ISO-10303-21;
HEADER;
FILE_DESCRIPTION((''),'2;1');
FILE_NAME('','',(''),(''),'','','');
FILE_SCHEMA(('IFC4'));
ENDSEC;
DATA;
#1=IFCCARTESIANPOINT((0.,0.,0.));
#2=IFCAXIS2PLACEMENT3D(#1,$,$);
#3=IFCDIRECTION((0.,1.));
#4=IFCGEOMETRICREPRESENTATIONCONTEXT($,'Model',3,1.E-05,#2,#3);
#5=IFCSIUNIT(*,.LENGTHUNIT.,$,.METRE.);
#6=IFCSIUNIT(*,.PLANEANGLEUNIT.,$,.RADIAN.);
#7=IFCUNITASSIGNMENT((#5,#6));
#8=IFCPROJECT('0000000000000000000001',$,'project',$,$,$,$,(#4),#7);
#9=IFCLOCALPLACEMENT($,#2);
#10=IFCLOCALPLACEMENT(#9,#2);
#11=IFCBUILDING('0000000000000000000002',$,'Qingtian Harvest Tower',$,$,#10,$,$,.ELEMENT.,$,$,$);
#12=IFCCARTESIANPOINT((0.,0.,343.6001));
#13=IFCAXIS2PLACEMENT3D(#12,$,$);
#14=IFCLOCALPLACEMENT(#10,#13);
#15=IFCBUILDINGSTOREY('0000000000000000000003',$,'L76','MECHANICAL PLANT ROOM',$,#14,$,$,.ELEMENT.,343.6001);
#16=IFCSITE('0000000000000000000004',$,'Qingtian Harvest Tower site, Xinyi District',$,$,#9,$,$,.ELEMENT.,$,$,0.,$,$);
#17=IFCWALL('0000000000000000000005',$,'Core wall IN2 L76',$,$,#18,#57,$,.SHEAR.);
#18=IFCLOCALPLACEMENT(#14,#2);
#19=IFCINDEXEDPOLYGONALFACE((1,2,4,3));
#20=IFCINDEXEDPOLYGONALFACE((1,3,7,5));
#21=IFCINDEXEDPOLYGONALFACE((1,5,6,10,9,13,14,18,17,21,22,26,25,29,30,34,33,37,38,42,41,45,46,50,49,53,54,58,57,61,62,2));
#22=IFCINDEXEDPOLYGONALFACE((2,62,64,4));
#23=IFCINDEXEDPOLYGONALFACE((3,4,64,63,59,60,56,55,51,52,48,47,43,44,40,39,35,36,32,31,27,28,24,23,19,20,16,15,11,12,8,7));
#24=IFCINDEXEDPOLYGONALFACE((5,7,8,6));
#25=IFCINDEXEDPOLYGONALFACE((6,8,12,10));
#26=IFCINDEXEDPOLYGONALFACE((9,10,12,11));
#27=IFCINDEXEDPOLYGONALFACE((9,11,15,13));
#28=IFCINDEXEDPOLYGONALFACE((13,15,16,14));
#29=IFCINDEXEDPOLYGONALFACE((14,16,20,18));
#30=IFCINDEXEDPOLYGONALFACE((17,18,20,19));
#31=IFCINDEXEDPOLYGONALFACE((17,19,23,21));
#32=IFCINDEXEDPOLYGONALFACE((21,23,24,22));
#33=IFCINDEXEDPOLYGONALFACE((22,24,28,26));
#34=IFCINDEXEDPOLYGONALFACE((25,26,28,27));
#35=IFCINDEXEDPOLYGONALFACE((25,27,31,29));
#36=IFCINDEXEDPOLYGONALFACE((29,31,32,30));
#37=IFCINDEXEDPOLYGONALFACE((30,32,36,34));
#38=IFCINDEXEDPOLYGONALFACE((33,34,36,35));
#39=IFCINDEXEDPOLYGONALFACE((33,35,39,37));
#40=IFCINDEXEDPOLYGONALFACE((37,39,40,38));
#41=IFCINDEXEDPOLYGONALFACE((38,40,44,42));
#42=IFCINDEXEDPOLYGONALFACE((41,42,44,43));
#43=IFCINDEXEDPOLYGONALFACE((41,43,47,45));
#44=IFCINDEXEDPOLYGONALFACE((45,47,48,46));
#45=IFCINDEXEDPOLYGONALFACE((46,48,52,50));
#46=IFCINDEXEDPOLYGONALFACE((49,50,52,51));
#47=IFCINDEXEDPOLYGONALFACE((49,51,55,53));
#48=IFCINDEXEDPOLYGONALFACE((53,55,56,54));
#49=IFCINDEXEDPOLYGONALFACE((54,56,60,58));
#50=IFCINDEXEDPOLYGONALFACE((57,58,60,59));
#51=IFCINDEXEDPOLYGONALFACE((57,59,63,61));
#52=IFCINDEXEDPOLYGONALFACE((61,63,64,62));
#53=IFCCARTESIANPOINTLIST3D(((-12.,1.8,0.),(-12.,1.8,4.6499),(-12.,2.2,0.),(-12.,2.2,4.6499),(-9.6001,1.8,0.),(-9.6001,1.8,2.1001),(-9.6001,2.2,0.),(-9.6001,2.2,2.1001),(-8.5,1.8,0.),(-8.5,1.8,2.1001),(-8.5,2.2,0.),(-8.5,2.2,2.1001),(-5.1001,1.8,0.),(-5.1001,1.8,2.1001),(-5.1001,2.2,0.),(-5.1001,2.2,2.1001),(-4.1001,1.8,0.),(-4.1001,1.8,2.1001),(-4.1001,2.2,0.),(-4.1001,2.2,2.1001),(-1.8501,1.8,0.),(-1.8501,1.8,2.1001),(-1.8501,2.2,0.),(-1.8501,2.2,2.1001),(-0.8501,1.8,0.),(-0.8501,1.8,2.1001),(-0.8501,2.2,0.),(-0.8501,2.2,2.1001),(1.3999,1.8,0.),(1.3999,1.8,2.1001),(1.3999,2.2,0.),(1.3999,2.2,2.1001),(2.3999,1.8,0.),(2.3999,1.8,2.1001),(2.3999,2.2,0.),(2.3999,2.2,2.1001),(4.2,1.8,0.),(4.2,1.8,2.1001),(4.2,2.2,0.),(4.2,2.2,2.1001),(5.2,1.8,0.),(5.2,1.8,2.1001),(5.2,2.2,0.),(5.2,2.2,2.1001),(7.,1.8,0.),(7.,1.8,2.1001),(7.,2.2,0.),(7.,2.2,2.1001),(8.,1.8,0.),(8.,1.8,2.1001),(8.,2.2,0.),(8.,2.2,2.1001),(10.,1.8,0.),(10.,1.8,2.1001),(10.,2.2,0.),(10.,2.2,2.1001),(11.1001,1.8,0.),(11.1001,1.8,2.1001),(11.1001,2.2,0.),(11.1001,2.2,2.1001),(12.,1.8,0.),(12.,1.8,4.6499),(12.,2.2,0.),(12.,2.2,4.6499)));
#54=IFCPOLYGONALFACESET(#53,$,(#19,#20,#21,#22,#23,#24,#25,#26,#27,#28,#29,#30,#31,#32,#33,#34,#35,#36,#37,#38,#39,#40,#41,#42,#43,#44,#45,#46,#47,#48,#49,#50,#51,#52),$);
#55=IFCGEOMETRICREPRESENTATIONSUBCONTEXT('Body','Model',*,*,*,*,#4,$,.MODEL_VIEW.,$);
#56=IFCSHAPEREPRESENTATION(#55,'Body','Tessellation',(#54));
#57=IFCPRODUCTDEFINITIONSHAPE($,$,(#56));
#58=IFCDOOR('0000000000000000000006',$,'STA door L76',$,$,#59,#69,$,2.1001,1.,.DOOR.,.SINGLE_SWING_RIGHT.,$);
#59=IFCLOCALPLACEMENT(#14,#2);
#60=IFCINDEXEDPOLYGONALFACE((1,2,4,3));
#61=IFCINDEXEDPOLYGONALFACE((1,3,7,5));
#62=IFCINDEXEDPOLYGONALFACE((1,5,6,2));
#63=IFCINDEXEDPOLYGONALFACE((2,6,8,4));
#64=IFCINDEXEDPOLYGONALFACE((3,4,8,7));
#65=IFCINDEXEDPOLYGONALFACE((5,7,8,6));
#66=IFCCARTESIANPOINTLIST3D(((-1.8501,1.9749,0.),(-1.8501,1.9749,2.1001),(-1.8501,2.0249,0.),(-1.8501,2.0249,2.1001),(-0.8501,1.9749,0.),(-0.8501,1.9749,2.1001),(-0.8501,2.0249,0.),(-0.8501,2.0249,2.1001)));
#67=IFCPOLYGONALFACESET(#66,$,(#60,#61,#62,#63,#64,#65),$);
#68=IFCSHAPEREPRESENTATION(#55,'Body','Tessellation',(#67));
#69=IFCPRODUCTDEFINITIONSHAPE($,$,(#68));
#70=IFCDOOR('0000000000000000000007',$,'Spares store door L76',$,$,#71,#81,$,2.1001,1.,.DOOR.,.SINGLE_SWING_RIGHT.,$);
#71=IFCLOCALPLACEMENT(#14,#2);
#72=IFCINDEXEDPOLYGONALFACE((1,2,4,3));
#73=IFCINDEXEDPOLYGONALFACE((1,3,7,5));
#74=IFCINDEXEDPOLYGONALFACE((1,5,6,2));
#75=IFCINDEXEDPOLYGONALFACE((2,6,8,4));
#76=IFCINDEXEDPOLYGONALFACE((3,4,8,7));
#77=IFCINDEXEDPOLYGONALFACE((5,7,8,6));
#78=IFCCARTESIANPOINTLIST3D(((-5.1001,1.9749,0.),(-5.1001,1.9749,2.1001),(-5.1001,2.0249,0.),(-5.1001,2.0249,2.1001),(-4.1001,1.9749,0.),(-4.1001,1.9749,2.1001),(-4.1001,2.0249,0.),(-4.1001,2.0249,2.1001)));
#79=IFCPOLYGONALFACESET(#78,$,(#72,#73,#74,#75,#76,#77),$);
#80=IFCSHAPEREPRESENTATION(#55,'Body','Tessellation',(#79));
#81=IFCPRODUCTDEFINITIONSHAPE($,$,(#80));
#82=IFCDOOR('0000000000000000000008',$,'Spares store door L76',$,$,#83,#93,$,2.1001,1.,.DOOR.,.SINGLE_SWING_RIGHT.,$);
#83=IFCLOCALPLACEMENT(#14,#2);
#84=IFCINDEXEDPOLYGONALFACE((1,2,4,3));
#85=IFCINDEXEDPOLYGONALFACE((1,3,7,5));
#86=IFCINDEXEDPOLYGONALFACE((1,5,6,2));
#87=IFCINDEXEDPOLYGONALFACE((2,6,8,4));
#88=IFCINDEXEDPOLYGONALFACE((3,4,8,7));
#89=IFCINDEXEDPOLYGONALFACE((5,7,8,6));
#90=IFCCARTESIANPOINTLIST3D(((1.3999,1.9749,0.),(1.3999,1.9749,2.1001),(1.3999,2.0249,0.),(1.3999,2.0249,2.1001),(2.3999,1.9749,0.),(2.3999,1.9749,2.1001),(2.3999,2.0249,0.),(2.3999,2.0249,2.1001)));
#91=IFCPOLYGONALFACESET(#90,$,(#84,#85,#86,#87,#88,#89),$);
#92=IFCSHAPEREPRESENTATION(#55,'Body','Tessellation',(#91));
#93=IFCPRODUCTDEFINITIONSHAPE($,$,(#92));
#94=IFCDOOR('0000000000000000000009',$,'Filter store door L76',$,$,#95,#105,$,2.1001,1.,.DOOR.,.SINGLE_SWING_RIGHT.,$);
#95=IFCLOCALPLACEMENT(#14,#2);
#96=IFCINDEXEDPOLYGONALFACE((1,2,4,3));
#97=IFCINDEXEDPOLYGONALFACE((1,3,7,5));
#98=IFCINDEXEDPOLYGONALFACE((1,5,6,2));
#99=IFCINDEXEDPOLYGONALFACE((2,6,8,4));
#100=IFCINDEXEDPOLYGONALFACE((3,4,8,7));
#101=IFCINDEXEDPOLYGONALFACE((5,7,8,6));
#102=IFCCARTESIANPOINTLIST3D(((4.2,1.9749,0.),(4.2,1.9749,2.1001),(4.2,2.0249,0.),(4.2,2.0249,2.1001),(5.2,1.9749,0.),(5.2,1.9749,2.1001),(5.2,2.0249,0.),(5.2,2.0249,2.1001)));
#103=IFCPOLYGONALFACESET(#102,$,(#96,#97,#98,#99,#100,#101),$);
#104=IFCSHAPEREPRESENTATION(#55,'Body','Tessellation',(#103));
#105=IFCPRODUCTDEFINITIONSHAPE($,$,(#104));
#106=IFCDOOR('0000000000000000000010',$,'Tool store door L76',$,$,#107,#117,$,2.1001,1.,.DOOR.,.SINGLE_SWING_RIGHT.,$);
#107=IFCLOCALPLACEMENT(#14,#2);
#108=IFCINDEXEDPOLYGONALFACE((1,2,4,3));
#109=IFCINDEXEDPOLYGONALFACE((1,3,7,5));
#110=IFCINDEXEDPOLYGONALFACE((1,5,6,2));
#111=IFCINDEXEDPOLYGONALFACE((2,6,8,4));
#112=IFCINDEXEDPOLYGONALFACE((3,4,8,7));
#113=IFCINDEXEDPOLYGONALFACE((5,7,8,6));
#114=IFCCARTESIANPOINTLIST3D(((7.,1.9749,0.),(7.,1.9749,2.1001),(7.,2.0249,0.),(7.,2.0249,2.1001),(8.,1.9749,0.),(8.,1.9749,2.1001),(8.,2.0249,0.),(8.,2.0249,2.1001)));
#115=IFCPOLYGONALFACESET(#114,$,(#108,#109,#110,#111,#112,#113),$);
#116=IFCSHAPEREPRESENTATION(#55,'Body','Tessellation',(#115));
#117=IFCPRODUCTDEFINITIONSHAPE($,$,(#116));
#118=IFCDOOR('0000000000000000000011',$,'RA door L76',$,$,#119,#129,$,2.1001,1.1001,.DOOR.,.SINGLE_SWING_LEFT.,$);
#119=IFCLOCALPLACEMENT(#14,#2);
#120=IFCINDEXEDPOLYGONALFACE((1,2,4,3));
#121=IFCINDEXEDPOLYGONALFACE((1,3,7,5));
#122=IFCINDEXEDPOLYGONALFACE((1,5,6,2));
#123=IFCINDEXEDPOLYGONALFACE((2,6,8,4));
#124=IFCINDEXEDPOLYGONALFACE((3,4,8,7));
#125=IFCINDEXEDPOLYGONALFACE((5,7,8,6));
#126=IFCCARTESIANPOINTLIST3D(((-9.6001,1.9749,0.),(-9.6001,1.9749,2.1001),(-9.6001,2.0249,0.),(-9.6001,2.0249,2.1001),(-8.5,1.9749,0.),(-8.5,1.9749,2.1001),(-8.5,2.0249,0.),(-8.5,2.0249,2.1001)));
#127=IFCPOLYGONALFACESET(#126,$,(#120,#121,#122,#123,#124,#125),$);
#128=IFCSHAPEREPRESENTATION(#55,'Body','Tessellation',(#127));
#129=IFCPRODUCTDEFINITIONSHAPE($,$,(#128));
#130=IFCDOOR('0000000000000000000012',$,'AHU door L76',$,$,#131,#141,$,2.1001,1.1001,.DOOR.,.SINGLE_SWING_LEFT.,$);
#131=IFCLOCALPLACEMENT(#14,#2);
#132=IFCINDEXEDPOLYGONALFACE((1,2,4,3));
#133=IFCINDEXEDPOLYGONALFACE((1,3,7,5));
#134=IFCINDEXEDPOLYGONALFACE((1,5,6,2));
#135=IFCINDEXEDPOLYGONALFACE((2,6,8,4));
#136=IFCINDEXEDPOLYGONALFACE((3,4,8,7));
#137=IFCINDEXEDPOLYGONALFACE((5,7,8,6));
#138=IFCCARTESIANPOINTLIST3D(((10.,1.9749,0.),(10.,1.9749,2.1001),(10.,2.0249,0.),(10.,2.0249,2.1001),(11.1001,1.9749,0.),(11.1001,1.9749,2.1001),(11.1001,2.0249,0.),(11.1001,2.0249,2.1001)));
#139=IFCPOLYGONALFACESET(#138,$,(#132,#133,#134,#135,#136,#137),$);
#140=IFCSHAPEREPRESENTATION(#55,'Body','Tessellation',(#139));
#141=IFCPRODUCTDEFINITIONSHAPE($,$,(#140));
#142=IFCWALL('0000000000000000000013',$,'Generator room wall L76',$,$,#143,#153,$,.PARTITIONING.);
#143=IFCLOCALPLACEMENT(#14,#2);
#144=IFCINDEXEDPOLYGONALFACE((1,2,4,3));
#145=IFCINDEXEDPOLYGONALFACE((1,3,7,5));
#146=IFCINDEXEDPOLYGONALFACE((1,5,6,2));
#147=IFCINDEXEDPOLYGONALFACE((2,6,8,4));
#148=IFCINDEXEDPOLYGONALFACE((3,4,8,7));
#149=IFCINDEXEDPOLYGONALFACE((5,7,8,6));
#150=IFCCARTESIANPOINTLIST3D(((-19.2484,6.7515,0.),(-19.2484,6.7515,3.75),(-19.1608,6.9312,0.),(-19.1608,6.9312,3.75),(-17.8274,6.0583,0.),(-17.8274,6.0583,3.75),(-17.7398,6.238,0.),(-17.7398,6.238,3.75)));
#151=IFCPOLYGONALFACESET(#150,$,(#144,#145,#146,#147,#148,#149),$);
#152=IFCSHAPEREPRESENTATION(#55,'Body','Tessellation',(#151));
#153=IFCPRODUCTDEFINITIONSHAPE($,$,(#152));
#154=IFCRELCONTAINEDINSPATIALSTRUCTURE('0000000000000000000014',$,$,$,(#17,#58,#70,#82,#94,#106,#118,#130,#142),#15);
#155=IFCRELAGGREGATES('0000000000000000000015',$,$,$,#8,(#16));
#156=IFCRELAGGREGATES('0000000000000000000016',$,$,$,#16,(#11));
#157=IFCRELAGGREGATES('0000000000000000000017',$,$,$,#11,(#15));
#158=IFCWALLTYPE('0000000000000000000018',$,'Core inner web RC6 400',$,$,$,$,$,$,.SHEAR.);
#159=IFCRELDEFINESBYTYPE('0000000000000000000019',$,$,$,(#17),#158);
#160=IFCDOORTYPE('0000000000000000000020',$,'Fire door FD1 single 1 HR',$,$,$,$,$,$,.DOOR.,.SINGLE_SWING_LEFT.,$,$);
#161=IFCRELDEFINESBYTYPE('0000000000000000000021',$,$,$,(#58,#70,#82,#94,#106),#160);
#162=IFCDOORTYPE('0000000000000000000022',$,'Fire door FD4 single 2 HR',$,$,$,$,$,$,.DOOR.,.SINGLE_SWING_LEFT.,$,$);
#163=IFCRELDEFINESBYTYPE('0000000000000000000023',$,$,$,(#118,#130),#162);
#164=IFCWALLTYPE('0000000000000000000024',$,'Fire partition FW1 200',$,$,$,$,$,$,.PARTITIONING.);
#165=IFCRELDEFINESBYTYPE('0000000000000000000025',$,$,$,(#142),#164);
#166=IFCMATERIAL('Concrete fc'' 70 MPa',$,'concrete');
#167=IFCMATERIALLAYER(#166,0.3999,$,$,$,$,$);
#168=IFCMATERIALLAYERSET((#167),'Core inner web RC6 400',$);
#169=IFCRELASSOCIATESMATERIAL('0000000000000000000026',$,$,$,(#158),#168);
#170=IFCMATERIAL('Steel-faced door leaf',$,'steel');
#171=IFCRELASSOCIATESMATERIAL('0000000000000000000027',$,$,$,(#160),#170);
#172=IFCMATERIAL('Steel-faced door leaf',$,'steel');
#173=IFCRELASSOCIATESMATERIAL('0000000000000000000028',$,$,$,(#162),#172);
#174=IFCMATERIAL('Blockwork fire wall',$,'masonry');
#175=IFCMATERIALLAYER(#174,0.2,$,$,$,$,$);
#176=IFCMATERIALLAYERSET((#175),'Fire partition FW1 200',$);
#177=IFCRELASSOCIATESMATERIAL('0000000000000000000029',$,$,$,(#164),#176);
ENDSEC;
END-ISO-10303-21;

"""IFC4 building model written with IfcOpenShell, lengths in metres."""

from ifc_helpers import new_model, si_unit, direction, frame, frame_2d, origin, place, context, subcontext, project, spatial, rectangle, extrude, material, layer, layer_set, type_object, element, fill, save


model = new_model("IFC4")

# Units and contexts
model_context = context("Model", 3, precision=1e-05, world=origin(), true_north=direction((0.0, 1.0)))
body_context = subcontext(model_context, "Body", "Model", "MODEL_VIEW")
ifc_project = project(units=[si_unit("LENGTHUNIT", "METRE"), si_unit("PLANEANGLEUNIT", "RADIAN")], contexts=[model_context])

# Site, building, storey
site_placement = place(None, origin())
site = spatial("IfcSite", under=ifc_project, at=site_placement, Name="Qingtian Harvest Tower site, Xinyi District", CompositionType="ELEMENT", RefElevation=0.0)
building_placement = place(site_placement, origin())
building = spatial("IfcBuilding", under=site, at=building_placement, Name="Qingtian Harvest Tower", CompositionType="ELEMENT")
storey_placement = place(building_placement, frame((0.0, 0.0, 343.6001)))
storey = spatial("IfcBuildingStorey", under=building, at=storey_placement, Name="L76", Description="MECHANICAL PLANT ROOM", CompositionType="ELEMENT", Elevation=343.6001)

# Wall, openings, doors
ifc_material_1 = material(Name="Concrete fc' 70 MPa", Category="concrete")
ifc_layer_1 = layer(ifc_material_1, 0.3999)
ifc_layer_set_1 = layer_set([ifc_layer_1], Name="Core inner web RC6 400")
wall_type_1 = type_object("IfcWallType", Name="Core inner web RC6 400", PredefinedType="SHEAR", material=ifc_layer_set_1)
wall_1_placement = place(storey_placement, frame((-12.0, 2.0, 0.0), z_axis=(0.0, 0.0, 1.0), x_axis=(1.0, 0.0, 0.0)))
wall_1 = element("IfcWall", 1, at=wall_1_placement, inside=storey, type_object=wall_type_1, Name="Core wall IN2 L76", PredefinedType="SHEAR", context=body_context, shape_type="SweptSolid", body=[
    extrude(rectangle(XDim=24.0, YDim=0.3999, at=frame_2d((12.0, 0.0))), origin(), (0.0, 0.0, 1.0), 4.6499),
])
opening_1_placement = place(wall_1_placement, frame((2.3999, 0.0, 0.0)))
opening_1 = element("IfcOpeningElement", 2, at=opening_1_placement, cuts=wall_1, PredefinedType="OPENING", context=body_context, shape_type="SweptSolid", body=[
    extrude(rectangle(XDim=1.1001, YDim=2.1001, at=frame_2d((0.55, 1.05))), frame((0.0, 0.21, 0.0), z_axis=(0.0, -1.0, 0.0), x_axis=(1.0, 0.0, 0.0)), (0.0, 0.0, 1.0), 0.4199),
])
opening_2_placement = place(wall_1_placement, frame((22.0, 0.0, 0.0)))
opening_2 = element("IfcOpeningElement", 3, at=opening_2_placement, cuts=wall_1, PredefinedType="OPENING", context=body_context, shape_type="SweptSolid", body=[
    extrude(rectangle(XDim=1.1001, YDim=2.1001, at=frame_2d((0.55, 1.05))), frame((0.0, 0.21, 0.0), z_axis=(0.0, -1.0, 0.0), x_axis=(1.0, 0.0, 0.0)), (0.0, 0.0, 1.0), 0.4199),
])
opening_3_placement = place(wall_1_placement, frame((10.1499, 0.0, 0.0)))
opening_3 = element("IfcOpeningElement", 4, at=opening_3_placement, cuts=wall_1, PredefinedType="OPENING", context=body_context, shape_type="SweptSolid", body=[
    extrude(rectangle(XDim=1.0, YDim=2.1001, at=frame_2d((0.5, 1.05))), frame((0.0, 0.21, 0.0), z_axis=(0.0, -1.0, 0.0), x_axis=(1.0, 0.0, 0.0)), (0.0, 0.0, 1.0), 0.4199),
])
opening_4_placement = place(wall_1_placement, frame((6.8999, 0.0, 0.0)))
opening_4 = element("IfcOpeningElement", 5, at=opening_4_placement, cuts=wall_1, PredefinedType="OPENING", context=body_context, shape_type="SweptSolid", body=[
    extrude(rectangle(XDim=1.0, YDim=2.1001, at=frame_2d((0.5, 1.05))), frame((0.0, 0.21, 0.0), z_axis=(0.0, -1.0, 0.0), x_axis=(1.0, 0.0, 0.0)), (0.0, 0.0, 1.0), 0.4199),
])
opening_5_placement = place(wall_1_placement, frame((13.3999, 0.0, 0.0)))
opening_5 = element("IfcOpeningElement", 6, at=opening_5_placement, cuts=wall_1, PredefinedType="OPENING", context=body_context, shape_type="SweptSolid", body=[
    extrude(rectangle(XDim=1.0, YDim=2.1001, at=frame_2d((0.5, 1.05))), frame((0.0, 0.21, 0.0), z_axis=(0.0, -1.0, 0.0), x_axis=(1.0, 0.0, 0.0)), (0.0, 0.0, 1.0), 0.4199),
])
opening_6_placement = place(wall_1_placement, frame((16.2, 0.0, 0.0)))
opening_6 = element("IfcOpeningElement", 7, at=opening_6_placement, cuts=wall_1, PredefinedType="OPENING", context=body_context, shape_type="SweptSolid", body=[
    extrude(rectangle(XDim=1.0, YDim=2.1001, at=frame_2d((0.5, 1.05))), frame((0.0, 0.21, 0.0), z_axis=(0.0, -1.0, 0.0), x_axis=(1.0, 0.0, 0.0)), (0.0, 0.0, 1.0), 0.4199),
])
opening_7_placement = place(wall_1_placement, frame((19.0, 0.0, 0.0)))
opening_7 = element("IfcOpeningElement", 8, at=opening_7_placement, cuts=wall_1, PredefinedType="OPENING", context=body_context, shape_type="SweptSolid", body=[
    extrude(rectangle(XDim=1.0, YDim=2.1001, at=frame_2d((0.5, 1.05))), frame((0.0, 0.21, 0.0), z_axis=(0.0, -1.0, 0.0), x_axis=(1.0, 0.0, 0.0)), (0.0, 0.0, 1.0), 0.4199),
])
ifc_material_2 = material(Name="Steel-faced door leaf", Category="steel")
door_type_1 = type_object("IfcDoorType", Name="Fire door FD1 single 1 HR", OperationType="SINGLE_SWING_LEFT", PredefinedType="DOOR", material=ifc_material_2)
door_1_placement = place(opening_3_placement, origin())
door_1 = element("IfcDoor", 9, at=door_1_placement, inside=storey, type_object=door_type_1, Name="STA door L76", OperationType="SINGLE_SWING_RIGHT", OverallHeight=2.1001, OverallWidth=1.0, PredefinedType="DOOR", context=body_context, shape_type="SweptSolid", body=[
    extrude(rectangle(XDim=1.0, YDim=2.1001, at=frame_2d((0.5, 1.05))), frame((0.0, 0.0249, 0.0), z_axis=(0.0, -1.0, 0.0), x_axis=(1.0, 0.0, 0.0)), (0.0, 0.0, 1.0), 0.05),
])
fill(opening_3, door_1)
door_2_placement = place(opening_4_placement, origin())
door_2 = element("IfcDoor", 10, at=door_2_placement, inside=storey, type_object=door_type_1, Name="Spares store door L76", OperationType="SINGLE_SWING_RIGHT", OverallHeight=2.1001, OverallWidth=1.0, PredefinedType="DOOR", context=body_context, shape_type="SweptSolid", body=[
    extrude(rectangle(XDim=1.0, YDim=2.1001, at=frame_2d((0.5, 1.05))), frame((0.0, 0.0249, 0.0), z_axis=(0.0, -1.0, 0.0), x_axis=(1.0, 0.0, 0.0)), (0.0, 0.0, 1.0), 0.05),
])
fill(opening_4, door_2)
door_3_placement = place(opening_5_placement, origin())
door_3 = element("IfcDoor", 11, at=door_3_placement, inside=storey, type_object=door_type_1, Name="Spares store door L76", OperationType="SINGLE_SWING_RIGHT", OverallHeight=2.1001, OverallWidth=1.0, PredefinedType="DOOR", context=body_context, shape_type="SweptSolid", body=[
    extrude(rectangle(XDim=1.0, YDim=2.1001, at=frame_2d((0.5, 1.05))), frame((0.0, 0.0249, 0.0), z_axis=(0.0, -1.0, 0.0), x_axis=(1.0, 0.0, 0.0)), (0.0, 0.0, 1.0), 0.05),
])
fill(opening_5, door_3)
door_4_placement = place(opening_6_placement, origin())
door_4 = element("IfcDoor", 12, at=door_4_placement, inside=storey, type_object=door_type_1, Name="Filter store door L76", OperationType="SINGLE_SWING_RIGHT", OverallHeight=2.1001, OverallWidth=1.0, PredefinedType="DOOR", context=body_context, shape_type="SweptSolid", body=[
    extrude(rectangle(XDim=1.0, YDim=2.1001, at=frame_2d((0.5, 1.05))), frame((0.0, 0.0249, 0.0), z_axis=(0.0, -1.0, 0.0), x_axis=(1.0, 0.0, 0.0)), (0.0, 0.0, 1.0), 0.05),
])
fill(opening_6, door_4)
door_5_placement = place(opening_7_placement, origin())
door_5 = element("IfcDoor", 13, at=door_5_placement, inside=storey, type_object=door_type_1, Name="Tool store door L76", OperationType="SINGLE_SWING_RIGHT", OverallHeight=2.1001, OverallWidth=1.0, PredefinedType="DOOR", context=body_context, shape_type="SweptSolid", body=[
    extrude(rectangle(XDim=1.0, YDim=2.1001, at=frame_2d((0.5, 1.05))), frame((0.0, 0.0249, 0.0), z_axis=(0.0, -1.0, 0.0), x_axis=(1.0, 0.0, 0.0)), (0.0, 0.0, 1.0), 0.05),
])
fill(opening_7, door_5)
ifc_material_3 = material(Name="Steel-faced door leaf", Category="steel")
door_type_2 = type_object("IfcDoorType", Name="Fire door FD4 single 2 HR", OperationType="SINGLE_SWING_LEFT", PredefinedType="DOOR", material=ifc_material_3)
door_6_placement = place(opening_1_placement, origin())
door_6 = element("IfcDoor", 14, at=door_6_placement, inside=storey, type_object=door_type_2, Name="RA door L76", OperationType="SINGLE_SWING_LEFT", OverallHeight=2.1001, OverallWidth=1.1001, PredefinedType="DOOR", context=body_context, shape_type="SweptSolid", body=[
    extrude(rectangle(XDim=1.1001, YDim=2.1001, at=frame_2d((0.55, 1.05))), frame((0.0, 0.0249, 0.0), z_axis=(0.0, -1.0, 0.0), x_axis=(1.0, 0.0, 0.0)), (0.0, 0.0, 1.0), 0.05),
])
fill(opening_1, door_6)
door_7_placement = place(opening_2_placement, origin())
door_7 = element("IfcDoor", 15, at=door_7_placement, inside=storey, type_object=door_type_2, Name="AHU door L76", OperationType="SINGLE_SWING_LEFT", OverallHeight=2.1001, OverallWidth=1.1001, PredefinedType="DOOR", context=body_context, shape_type="SweptSolid", body=[
    extrude(rectangle(XDim=1.1001, YDim=2.1001, at=frame_2d((0.55, 1.05))), frame((0.0, 0.0249, 0.0), z_axis=(0.0, -1.0, 0.0), x_axis=(1.0, 0.0, 0.0)), (0.0, 0.0, 1.0), 0.05),
])
fill(opening_2, door_7)

# Wall
ifc_material_4 = material(Name="Blockwork fire wall", Category="masonry")
ifc_layer_2 = layer(ifc_material_4, 0.2)
ifc_layer_set_2 = layer_set([ifc_layer_2], Name="Fire partition FW1 200")
wall_type_2 = type_object("IfcWallType", Name="Fire partition FW1 200", PredefinedType="PARTITIONING", material=ifc_layer_set_2)
wall_2_placement = place(storey_placement, frame((-19.2046, 6.8413, 0.0), z_axis=(0.0, 0.0, 1.0), x_axis=(0.89877, -0.438421, 0.0)))
element("IfcWall", 16, at=wall_2_placement, inside=storey, type_object=wall_type_2, Name="Generator room wall L76", PredefinedType="PARTITIONING", context=body_context, shape_type="SweptSolid", body=[
    extrude(rectangle(XDim=1.5811, YDim=0.2, at=frame_2d((0.7905, 0.0))), origin(), (0.0, 0.0, 1.0), 3.75),
])

save(model, "model.ifc")
